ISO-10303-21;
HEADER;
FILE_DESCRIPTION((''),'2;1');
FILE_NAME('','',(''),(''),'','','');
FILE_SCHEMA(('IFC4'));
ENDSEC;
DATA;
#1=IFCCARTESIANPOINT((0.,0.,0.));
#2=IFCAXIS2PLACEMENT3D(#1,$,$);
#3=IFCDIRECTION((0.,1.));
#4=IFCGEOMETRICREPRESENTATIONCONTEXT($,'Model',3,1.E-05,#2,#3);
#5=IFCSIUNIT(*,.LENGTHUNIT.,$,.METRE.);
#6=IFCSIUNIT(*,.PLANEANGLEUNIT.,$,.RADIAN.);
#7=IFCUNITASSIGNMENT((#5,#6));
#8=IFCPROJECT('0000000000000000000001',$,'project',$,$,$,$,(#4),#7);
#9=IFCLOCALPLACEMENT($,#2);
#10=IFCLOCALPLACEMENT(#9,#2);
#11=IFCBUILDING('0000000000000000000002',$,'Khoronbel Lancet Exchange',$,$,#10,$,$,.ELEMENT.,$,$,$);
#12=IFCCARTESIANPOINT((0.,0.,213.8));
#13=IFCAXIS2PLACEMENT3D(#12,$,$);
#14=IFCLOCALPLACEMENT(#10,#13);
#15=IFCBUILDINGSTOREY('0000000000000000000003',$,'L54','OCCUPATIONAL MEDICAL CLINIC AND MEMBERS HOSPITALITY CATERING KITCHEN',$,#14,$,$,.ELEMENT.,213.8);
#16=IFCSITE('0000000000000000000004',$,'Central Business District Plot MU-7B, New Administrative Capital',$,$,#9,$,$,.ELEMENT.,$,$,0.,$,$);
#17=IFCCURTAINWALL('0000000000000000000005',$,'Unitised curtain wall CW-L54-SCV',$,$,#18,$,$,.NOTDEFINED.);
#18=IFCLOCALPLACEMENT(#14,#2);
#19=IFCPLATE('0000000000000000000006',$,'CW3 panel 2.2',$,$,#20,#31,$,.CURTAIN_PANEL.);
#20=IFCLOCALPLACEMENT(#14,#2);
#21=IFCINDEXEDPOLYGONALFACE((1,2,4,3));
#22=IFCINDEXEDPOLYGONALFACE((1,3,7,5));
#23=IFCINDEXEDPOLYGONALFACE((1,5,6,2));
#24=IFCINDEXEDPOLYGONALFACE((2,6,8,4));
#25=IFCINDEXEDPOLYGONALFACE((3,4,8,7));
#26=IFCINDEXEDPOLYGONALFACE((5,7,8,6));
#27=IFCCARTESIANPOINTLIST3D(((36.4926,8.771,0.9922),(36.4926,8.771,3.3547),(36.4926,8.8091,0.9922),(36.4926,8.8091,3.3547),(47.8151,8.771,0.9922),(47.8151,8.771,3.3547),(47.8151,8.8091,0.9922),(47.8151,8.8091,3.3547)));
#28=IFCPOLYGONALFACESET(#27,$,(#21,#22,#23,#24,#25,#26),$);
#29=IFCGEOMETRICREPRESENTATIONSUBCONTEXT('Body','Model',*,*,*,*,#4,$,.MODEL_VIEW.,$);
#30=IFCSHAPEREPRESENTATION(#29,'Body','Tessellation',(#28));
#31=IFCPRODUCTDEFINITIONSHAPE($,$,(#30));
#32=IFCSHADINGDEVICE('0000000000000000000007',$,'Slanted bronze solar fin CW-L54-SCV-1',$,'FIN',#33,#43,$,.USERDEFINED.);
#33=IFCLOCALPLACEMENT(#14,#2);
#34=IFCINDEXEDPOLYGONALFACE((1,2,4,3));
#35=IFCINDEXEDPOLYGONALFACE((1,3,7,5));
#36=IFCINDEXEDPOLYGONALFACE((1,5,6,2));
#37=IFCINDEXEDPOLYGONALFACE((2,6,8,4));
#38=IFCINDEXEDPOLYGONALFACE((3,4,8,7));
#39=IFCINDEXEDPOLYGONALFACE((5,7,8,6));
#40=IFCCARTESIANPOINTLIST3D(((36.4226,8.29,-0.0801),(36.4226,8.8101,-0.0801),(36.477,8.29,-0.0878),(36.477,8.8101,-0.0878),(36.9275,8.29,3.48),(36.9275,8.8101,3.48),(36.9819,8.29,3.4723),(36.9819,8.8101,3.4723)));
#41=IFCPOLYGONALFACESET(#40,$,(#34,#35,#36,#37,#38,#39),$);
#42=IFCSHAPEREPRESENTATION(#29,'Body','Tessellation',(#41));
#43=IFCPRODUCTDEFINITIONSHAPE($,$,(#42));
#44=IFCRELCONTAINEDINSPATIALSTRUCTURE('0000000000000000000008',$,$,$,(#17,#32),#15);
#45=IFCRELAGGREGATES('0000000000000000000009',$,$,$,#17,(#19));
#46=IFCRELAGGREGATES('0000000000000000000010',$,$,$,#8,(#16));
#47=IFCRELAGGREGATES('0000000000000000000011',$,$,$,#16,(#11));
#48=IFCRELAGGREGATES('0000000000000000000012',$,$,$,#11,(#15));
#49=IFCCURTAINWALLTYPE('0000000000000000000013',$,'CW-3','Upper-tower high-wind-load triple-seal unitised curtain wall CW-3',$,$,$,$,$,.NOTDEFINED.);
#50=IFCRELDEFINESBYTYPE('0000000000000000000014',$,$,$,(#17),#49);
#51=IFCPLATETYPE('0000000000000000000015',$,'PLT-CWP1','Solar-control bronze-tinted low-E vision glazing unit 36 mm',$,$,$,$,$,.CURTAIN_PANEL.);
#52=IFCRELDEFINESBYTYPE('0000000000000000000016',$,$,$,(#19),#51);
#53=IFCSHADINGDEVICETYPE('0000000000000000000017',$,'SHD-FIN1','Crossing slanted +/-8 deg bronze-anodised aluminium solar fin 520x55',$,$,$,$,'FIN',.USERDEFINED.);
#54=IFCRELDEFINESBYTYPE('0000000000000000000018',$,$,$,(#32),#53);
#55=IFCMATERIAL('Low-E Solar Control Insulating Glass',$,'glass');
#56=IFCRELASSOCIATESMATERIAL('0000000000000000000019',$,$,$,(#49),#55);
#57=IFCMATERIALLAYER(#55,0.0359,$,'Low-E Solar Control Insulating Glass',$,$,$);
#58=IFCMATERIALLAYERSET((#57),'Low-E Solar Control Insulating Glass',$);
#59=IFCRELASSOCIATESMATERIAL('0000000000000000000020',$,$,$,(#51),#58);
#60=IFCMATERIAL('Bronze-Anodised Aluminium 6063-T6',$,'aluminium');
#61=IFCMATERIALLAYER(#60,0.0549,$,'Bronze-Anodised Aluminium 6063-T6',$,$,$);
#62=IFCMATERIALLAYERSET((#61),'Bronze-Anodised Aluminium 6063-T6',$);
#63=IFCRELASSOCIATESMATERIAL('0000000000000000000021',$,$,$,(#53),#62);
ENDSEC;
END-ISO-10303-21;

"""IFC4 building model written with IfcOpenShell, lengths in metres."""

from ifc_helpers import new_model, si_unit, direction, frame, origin, origin_2d, place, context, subcontext, project, spatial, polyline, rectangle, outline, extrude, material, layer, layer_set, type_object, element, aggregate, save


model = new_model("IFC4")

# Units and contexts
model_context = context("Model", 3, precision=1e-05, world=origin(), true_north=direction((0.0, 1.0)))
body_context = subcontext(model_context, "Body", "Model", "MODEL_VIEW")
ifc_project = project(units=[si_unit("LENGTHUNIT", "METRE"), si_unit("PLANEANGLEUNIT", "RADIAN")], contexts=[model_context])

# Site, building, storey
site_placement = place(None, origin())
site = spatial("IfcSite", under=ifc_project, at=site_placement, Name="Central Business District Plot MU-7B, New Administrative Capital", CompositionType="ELEMENT", RefElevation=0.0)
building_placement = place(site_placement, origin())
building = spatial("IfcBuilding", under=site, at=building_placement, Name="Khoronbel Lancet Exchange", CompositionType="ELEMENT")
storey_placement = place(building_placement, frame((0.0, 0.0, 213.8)))
storey = spatial("IfcBuildingStorey", under=building, at=storey_placement, Name="L54", Description="OCCUPATIONAL MEDICAL CLINIC AND MEMBERS HOSPITALITY CATERING KITCHEN", CompositionType="ELEMENT", Elevation=213.8)

# Curtain wall
ifc_material_1 = material(Name="Low-E Solar Control Insulating Glass", Category="glass")
curtain_wall_type = type_object("IfcCurtainWallType", Name="CW-3", Description="Upper-tower high-wind-load triple-seal unitised curtain wall CW-3", PredefinedType="NOTDEFINED", material=ifc_material_1)
curtain_wall_1_placement = place(storey_placement, origin())
curtain_wall_1 = element("IfcCurtainWall", 1, at=curtain_wall_1_placement, inside=storey, type_object=curtain_wall_type, Name="Unitised curtain wall CW-L54-SCV", PredefinedType="NOTDEFINED")
ifc_material_2 = material(Name="Bronze-Anodised Aluminium 6063-T6", Category="aluminium")

# Plate
ifc_layer_1 = layer(ifc_material_1, 0.0359, Name="Low-E Solar Control Insulating Glass")
ifc_layer_set_1 = layer_set([ifc_layer_1], Name="Low-E Solar Control Insulating Glass")
plate_type_1 = type_object("IfcPlateType", Name="PLT-CWP1", Description="Solar-control bronze-tinted low-E vision glazing unit 36 mm", PredefinedType="CURTAIN_PANEL", material=ifc_layer_set_1)
plate_1_placement = place(storey_placement, frame((42.1538, 8.79, 0.9922), z_axis=(0.0, 0.0, 1.0), x_axis=(1.0, 0.0, 0.0)))
plate_1 = element("IfcPlate", 2, at=plate_1_placement, type_object=plate_type_1, Name="CW3 panel 2.2", PredefinedType="CURTAIN_PANEL", context=body_context, shape_type="SweptSolid", body=[
    extrude(rectangle(XDim=11.3225, YDim=0.0381, at=origin_2d()), origin(), (0.0, 0.0, 1.0), 2.3625),
])
aggregate(curtain_wall_1, [plate_1])

# Shading device
ifc_layer_2 = layer(ifc_material_2, 0.0549, Name="Bronze-Anodised Aluminium 6063-T6")
ifc_layer_set_2 = layer_set([ifc_layer_2], Name="Bronze-Anodised Aluminium 6063-T6")
shading_device_type = type_object("IfcShadingDeviceType", Name="SHD-FIN1", Description="Crossing slanted +/-8 deg bronze-anodised aluminium solar fin 520x55", ElementType="FIN", PredefinedType="USERDEFINED", material=ifc_layer_set_2)
shading_device_placement = place(storey_placement, frame((36.4226, 8.8101, -0.0801), z_axis=(-0.990093, 0.0, 0.140414), x_axis=(0.0, -1.0, 0.0)))
element("IfcShadingDevice", 3, at=shading_device_placement, inside=storey, type_object=shading_device_type, Name="Slanted bronze solar fin CW-L54-SCV-1", ObjectType="FIN", PredefinedType="USERDEFINED", context=body_context, shape_type="SweptSolid", body=[
    extrude(outline(polyline([(0.0, 0.0), (0.52, 0.0), (0.52, 3.5957), (0.0, 3.5957), (0.0, 0.0)])), origin(), (0.0, 0.0, -1.0), 0.0549),
])

save(model, "model.ifc")
